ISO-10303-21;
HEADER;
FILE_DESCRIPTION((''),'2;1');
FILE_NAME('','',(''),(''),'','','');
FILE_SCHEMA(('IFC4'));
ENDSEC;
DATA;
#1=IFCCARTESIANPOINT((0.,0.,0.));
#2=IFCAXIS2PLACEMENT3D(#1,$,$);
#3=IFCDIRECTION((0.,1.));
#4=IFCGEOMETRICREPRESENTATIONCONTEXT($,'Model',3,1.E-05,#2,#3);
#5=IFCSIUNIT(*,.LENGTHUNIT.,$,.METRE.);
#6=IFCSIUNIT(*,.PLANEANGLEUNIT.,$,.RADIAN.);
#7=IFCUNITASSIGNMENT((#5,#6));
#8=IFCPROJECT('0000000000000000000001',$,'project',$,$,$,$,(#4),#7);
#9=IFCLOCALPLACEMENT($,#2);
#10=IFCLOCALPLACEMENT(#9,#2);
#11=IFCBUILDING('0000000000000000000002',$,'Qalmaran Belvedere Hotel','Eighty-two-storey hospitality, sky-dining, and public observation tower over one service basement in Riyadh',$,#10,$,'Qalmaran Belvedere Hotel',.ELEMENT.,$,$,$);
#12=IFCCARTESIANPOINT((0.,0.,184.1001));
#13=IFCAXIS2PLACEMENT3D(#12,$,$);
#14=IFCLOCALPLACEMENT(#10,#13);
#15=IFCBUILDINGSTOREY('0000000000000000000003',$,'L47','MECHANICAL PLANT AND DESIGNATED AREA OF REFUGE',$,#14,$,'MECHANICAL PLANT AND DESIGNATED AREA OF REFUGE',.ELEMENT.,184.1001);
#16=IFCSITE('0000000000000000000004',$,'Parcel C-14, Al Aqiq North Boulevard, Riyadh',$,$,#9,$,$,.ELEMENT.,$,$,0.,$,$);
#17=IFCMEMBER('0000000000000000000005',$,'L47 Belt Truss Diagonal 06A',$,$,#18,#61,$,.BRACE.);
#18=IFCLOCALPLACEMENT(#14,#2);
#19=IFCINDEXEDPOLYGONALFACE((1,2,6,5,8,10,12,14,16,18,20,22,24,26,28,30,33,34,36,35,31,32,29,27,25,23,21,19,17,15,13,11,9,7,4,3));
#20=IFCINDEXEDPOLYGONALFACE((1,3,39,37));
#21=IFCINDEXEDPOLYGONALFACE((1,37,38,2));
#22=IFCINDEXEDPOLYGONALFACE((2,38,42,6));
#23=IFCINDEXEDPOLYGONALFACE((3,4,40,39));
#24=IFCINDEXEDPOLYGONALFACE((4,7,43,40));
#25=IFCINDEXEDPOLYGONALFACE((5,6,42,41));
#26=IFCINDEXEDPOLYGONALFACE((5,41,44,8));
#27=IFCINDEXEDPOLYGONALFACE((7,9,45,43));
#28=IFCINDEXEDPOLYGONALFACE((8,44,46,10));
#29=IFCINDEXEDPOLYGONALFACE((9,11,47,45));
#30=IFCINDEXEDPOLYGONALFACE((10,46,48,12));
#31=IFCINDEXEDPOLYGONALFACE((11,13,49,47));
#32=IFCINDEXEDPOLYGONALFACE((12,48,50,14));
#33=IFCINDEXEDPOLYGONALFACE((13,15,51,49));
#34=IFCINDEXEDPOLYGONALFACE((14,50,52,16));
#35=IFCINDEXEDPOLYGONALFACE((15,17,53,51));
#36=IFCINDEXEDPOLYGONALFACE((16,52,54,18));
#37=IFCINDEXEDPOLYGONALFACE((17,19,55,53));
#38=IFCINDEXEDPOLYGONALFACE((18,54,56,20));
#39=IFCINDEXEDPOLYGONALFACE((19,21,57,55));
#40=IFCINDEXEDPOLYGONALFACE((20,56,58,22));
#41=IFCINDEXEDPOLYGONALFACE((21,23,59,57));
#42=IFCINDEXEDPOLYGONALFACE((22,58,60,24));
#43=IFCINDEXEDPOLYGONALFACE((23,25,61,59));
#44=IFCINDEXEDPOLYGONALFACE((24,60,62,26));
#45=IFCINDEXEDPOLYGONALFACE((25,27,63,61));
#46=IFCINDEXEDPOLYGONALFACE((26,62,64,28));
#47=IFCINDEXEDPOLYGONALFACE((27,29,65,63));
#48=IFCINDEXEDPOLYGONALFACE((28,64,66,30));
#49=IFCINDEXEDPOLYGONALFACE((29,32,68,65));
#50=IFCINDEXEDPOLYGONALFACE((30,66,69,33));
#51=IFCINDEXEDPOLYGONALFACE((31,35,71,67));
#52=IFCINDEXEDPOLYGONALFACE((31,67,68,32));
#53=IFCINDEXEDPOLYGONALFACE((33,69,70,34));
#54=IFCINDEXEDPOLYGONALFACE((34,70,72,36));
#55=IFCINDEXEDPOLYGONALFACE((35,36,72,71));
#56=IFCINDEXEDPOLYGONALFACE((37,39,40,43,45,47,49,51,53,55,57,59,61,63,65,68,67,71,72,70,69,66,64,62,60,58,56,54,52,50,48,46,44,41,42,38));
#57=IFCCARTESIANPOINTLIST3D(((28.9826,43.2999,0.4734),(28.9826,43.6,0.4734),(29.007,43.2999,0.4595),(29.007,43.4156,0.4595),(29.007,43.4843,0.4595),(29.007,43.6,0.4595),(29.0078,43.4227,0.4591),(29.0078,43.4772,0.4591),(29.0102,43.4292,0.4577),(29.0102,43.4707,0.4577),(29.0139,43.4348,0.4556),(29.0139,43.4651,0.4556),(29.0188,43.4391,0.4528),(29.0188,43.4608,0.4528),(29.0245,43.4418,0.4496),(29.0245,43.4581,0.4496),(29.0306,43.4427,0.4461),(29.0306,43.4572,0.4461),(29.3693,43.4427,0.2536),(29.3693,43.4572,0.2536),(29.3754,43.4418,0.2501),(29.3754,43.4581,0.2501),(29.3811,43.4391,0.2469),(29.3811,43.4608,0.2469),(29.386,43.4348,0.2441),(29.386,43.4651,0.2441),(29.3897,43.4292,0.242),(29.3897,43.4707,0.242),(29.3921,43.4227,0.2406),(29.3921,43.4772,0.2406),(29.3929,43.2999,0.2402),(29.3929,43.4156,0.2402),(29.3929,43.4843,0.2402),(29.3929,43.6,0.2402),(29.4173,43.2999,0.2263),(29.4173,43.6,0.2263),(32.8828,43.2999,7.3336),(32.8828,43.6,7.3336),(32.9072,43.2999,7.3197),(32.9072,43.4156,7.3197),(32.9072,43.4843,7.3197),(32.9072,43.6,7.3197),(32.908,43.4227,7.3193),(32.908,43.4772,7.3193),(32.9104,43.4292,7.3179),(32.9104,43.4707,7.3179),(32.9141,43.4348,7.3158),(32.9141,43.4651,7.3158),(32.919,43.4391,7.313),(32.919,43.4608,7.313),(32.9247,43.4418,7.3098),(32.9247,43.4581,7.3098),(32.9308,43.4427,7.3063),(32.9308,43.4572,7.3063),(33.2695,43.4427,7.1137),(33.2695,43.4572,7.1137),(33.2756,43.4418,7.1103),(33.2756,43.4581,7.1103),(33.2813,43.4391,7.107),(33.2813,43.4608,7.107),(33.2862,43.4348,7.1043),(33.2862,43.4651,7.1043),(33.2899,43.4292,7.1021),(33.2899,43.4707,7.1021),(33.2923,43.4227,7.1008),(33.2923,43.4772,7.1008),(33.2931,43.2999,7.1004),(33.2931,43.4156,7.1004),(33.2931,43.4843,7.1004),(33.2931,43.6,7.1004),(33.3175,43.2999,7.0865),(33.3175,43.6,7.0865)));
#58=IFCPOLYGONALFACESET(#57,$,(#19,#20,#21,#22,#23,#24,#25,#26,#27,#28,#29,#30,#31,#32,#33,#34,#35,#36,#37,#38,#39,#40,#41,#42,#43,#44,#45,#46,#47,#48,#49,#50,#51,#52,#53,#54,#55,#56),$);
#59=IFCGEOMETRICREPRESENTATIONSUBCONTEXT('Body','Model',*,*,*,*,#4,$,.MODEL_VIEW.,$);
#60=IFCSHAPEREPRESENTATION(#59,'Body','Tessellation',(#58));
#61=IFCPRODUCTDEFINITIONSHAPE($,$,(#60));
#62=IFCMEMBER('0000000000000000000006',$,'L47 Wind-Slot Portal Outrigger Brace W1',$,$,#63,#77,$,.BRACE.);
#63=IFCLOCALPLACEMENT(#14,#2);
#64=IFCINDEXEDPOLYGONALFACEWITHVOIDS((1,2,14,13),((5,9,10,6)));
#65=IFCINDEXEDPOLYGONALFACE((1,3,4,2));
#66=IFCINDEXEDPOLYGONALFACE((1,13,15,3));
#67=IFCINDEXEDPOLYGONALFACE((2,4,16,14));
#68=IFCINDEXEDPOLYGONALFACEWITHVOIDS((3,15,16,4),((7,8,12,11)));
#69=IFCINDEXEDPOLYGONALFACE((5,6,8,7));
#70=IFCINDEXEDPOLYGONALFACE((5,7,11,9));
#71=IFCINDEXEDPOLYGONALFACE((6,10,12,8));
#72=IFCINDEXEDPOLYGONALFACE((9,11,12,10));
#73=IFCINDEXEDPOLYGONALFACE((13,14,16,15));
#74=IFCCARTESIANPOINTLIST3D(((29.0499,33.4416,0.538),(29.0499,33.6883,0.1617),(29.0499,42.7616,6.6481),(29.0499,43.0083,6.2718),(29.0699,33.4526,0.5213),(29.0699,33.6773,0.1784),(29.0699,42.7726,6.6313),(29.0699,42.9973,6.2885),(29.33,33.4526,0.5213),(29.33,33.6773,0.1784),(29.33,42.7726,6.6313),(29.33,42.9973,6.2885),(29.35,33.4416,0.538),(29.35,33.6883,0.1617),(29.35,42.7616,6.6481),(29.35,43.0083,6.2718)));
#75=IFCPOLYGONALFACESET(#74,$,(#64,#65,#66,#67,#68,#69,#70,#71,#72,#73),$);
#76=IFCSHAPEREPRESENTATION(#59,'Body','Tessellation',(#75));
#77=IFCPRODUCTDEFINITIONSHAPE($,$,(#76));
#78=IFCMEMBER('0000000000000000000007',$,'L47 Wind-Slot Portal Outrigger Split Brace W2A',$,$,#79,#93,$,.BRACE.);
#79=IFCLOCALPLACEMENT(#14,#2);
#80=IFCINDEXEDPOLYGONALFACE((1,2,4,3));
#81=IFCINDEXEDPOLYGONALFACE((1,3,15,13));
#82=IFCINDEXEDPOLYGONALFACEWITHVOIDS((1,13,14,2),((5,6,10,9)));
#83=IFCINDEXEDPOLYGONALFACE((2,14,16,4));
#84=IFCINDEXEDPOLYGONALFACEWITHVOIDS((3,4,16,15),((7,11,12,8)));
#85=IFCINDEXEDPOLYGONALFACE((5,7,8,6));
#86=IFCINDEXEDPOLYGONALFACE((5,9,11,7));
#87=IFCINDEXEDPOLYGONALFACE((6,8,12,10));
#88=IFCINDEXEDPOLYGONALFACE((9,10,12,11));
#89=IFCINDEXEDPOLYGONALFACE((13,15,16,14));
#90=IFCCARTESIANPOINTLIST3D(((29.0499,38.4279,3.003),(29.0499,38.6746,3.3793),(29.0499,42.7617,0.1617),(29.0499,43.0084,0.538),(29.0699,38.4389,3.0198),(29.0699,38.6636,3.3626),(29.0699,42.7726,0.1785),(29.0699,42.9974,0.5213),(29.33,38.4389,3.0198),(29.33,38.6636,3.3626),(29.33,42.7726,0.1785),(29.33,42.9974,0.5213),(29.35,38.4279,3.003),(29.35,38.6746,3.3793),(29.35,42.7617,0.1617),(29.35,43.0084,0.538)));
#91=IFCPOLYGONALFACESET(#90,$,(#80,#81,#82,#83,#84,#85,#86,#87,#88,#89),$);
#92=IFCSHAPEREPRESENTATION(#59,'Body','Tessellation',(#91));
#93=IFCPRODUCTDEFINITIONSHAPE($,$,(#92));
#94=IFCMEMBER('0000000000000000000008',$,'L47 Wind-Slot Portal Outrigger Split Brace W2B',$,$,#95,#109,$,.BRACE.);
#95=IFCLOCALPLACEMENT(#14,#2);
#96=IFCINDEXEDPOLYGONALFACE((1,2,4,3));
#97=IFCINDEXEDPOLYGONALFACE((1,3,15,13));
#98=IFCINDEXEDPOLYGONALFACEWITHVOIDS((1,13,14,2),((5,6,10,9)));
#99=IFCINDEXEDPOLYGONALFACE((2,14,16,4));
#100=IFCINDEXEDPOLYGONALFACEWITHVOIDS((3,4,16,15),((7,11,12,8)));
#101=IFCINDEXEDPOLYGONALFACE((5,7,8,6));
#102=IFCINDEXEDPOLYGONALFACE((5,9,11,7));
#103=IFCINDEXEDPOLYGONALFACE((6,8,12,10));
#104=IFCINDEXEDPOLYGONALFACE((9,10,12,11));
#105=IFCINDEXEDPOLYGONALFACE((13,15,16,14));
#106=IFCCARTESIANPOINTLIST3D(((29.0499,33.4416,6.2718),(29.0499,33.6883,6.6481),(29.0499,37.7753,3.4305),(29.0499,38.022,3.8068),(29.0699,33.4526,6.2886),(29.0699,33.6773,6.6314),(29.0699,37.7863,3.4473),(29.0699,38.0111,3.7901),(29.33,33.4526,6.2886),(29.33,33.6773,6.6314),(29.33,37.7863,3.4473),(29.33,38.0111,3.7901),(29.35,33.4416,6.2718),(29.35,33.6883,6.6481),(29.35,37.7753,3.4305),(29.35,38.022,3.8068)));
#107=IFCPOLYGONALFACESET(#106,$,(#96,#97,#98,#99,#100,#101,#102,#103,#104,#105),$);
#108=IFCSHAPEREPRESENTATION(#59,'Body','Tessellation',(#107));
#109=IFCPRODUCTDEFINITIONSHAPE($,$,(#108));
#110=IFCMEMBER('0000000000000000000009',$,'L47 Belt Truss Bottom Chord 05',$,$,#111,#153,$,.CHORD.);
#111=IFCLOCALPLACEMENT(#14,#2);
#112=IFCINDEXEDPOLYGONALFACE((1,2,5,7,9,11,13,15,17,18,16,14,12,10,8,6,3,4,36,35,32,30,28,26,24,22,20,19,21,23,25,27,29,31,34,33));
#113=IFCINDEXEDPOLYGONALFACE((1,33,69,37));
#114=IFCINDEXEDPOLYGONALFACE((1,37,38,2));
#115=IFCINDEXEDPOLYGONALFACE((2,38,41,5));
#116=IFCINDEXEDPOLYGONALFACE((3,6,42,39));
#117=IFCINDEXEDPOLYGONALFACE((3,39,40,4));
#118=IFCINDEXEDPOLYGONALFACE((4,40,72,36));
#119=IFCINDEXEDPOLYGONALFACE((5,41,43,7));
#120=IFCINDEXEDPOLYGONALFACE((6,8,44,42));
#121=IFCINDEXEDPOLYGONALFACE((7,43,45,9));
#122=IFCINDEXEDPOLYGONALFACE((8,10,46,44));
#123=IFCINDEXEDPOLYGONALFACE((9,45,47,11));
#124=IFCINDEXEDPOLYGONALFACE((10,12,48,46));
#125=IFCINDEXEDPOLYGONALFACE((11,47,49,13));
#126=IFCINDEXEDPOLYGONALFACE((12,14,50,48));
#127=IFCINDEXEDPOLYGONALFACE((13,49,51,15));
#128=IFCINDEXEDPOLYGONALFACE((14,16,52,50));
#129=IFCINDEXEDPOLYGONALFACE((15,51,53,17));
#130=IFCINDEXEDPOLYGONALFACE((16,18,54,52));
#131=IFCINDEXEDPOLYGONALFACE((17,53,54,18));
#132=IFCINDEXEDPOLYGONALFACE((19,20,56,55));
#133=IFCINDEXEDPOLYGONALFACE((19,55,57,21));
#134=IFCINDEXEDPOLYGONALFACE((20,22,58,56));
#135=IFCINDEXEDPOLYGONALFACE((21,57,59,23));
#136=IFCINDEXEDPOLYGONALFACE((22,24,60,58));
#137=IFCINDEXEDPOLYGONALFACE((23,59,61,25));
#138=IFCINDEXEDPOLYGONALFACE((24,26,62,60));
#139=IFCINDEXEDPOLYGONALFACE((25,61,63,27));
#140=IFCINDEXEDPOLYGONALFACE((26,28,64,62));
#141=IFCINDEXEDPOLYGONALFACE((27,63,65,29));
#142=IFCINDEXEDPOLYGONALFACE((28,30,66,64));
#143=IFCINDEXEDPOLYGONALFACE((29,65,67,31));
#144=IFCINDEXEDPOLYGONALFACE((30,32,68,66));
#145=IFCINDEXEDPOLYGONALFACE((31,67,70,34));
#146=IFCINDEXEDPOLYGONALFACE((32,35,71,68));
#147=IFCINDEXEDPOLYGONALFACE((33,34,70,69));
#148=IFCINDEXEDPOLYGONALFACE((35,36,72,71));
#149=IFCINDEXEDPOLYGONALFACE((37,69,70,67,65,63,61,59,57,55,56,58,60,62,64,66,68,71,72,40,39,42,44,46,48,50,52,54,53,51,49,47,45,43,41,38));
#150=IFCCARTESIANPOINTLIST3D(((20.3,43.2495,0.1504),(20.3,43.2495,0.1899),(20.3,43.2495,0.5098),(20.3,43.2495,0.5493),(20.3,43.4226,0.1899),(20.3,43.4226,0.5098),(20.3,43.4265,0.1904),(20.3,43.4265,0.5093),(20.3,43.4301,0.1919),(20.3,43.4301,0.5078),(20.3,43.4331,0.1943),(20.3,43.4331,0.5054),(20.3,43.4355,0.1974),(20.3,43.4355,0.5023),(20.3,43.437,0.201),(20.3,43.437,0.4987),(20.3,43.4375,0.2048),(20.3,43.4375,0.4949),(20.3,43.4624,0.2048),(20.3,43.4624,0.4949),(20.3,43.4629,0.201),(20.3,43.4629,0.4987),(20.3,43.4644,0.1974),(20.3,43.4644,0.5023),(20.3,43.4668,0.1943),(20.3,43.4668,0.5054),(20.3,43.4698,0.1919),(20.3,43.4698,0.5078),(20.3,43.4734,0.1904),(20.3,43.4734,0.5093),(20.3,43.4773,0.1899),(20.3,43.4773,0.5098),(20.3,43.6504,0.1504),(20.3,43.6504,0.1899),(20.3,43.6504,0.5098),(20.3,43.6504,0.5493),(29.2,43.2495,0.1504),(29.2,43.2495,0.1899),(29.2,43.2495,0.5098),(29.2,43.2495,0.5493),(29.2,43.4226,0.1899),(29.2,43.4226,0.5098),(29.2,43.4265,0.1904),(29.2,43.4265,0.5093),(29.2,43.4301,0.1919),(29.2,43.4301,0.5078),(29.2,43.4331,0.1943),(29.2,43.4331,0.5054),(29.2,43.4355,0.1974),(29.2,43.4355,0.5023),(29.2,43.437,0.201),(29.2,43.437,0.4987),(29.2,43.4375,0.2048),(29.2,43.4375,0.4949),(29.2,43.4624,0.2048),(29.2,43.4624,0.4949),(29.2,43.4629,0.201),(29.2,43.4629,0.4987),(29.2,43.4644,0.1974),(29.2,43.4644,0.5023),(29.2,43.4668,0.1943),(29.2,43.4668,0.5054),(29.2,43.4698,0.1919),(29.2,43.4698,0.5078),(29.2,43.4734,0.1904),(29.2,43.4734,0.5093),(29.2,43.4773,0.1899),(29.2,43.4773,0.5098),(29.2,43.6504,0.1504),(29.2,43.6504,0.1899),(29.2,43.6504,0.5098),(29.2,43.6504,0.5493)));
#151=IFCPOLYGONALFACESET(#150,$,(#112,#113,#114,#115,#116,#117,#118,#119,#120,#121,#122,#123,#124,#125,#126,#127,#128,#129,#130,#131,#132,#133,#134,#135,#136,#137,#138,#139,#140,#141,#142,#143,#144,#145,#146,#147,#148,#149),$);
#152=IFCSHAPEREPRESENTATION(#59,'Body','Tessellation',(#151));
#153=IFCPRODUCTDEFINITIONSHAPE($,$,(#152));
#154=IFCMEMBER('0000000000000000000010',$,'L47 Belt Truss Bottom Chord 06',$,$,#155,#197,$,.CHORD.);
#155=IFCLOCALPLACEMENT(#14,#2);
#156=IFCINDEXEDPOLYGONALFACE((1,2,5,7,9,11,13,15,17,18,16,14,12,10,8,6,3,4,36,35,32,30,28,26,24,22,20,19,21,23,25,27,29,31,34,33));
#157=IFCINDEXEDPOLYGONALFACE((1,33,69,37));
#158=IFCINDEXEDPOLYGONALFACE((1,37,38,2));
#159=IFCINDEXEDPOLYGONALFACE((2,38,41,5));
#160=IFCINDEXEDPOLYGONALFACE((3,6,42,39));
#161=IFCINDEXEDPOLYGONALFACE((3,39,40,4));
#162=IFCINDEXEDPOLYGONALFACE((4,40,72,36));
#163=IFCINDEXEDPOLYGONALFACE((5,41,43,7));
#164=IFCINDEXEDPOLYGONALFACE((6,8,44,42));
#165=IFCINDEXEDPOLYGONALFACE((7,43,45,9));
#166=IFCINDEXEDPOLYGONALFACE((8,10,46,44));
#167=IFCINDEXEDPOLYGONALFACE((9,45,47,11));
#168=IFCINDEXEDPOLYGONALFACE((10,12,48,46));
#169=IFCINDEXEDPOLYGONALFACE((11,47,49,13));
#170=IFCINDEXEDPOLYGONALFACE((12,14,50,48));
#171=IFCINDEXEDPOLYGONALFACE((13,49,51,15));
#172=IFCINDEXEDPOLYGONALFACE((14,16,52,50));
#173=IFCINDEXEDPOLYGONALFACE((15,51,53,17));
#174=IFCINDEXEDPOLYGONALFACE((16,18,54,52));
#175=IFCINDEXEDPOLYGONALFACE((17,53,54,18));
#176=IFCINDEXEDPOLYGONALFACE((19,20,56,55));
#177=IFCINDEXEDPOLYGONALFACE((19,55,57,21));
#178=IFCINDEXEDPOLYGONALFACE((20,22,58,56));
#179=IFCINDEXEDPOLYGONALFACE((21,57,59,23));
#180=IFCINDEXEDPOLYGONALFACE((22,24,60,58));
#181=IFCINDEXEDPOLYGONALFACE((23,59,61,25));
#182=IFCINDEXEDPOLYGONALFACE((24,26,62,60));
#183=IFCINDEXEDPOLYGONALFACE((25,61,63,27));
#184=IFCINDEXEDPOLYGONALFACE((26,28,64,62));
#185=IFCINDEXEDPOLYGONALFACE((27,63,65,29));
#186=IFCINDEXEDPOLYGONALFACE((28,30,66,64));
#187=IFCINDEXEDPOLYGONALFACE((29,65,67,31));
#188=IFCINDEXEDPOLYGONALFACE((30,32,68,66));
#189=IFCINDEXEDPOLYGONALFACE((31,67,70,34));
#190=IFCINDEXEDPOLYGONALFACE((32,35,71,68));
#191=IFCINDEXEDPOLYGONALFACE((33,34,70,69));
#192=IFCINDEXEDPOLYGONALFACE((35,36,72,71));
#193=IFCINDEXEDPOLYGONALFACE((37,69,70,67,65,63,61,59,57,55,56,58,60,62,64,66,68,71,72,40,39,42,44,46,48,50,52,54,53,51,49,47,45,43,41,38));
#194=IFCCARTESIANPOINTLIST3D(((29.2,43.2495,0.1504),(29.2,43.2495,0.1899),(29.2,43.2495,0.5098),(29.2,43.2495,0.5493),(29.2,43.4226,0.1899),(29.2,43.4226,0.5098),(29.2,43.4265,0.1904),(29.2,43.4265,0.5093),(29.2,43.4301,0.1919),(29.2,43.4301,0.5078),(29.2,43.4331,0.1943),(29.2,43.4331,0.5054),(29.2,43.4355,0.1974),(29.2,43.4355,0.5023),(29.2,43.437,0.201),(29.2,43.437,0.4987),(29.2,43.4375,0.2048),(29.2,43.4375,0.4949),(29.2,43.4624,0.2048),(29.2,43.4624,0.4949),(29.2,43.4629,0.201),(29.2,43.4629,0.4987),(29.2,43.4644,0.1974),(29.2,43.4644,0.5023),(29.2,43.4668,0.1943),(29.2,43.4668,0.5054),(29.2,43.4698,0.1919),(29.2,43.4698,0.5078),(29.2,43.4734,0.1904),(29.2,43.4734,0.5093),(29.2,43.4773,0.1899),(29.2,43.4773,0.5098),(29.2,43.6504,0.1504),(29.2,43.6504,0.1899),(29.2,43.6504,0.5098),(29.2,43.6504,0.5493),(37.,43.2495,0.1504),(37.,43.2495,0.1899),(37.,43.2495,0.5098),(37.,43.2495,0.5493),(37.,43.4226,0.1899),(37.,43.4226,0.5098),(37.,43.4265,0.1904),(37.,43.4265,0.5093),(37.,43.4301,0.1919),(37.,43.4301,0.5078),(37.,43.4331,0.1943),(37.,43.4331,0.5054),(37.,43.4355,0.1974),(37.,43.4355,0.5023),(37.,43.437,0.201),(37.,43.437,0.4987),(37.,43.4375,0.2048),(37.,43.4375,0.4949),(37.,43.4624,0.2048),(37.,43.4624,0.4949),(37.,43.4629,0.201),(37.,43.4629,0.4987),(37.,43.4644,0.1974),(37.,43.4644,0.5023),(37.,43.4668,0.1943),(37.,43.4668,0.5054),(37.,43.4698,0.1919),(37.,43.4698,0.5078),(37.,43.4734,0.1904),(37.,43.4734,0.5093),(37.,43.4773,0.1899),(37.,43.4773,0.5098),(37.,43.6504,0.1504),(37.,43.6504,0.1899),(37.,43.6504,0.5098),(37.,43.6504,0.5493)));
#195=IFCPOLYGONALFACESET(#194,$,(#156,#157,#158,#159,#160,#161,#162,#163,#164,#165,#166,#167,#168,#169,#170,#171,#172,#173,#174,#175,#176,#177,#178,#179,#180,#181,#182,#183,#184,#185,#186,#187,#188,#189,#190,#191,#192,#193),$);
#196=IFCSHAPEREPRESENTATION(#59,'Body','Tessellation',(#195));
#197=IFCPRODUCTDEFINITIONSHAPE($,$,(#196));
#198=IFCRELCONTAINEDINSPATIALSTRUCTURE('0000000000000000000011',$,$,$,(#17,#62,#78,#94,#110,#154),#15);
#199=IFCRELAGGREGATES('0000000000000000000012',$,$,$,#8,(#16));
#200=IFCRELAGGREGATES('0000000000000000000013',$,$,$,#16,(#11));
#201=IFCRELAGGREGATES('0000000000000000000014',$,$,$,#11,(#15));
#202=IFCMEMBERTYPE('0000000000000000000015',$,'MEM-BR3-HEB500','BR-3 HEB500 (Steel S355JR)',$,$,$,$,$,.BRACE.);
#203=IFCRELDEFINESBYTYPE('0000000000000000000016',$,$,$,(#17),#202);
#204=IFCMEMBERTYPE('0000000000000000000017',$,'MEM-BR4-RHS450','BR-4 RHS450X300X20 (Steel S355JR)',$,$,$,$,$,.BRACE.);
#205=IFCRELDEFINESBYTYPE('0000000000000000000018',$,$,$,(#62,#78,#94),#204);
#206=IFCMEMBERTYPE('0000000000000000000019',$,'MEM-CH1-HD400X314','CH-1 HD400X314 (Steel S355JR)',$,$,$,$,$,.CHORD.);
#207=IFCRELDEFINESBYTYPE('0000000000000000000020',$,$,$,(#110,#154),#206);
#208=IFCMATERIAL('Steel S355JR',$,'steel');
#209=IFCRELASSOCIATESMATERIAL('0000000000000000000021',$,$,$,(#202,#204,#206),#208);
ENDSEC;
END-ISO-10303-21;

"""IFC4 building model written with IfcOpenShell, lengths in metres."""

from ifc_helpers import new_model, si_unit, direction, frame, origin, origin_2d, place, context, subcontext, project, spatial, hollow_rectangle, i_section, extrude, material, material_profile, profile_set, type_object, element, save


model = new_model("IFC4")

# Units and contexts
model_context = context("Model", 3, precision=1e-05, world=origin(), true_north=direction((0.0, 1.0)))
body_context = subcontext(model_context, "Body", "Model", "MODEL_VIEW")
ifc_project = project(units=[si_unit("LENGTHUNIT", "METRE"), si_unit("PLANEANGLEUNIT", "RADIAN")], contexts=[model_context])

# Site, building, storey
site_placement = place(None, origin())
site = spatial("IfcSite", under=ifc_project, at=site_placement, Name="Parcel C-14, Al Aqiq North Boulevard, Riyadh", CompositionType="ELEMENT", RefElevation=0.0)
building_placement = place(site_placement, origin())
building = spatial("IfcBuilding", under=site, at=building_placement, Name="Qalmaran Belvedere Hotel", Description="Eighty-two-storey hospitality, sky-dining, and public observation tower over one service basement in Riyadh", LongName="Qalmaran Belvedere Hotel", CompositionType="ELEMENT")
storey_placement = place(building_placement, frame((0.0, 0.0, 184.1001)))
storey = spatial("IfcBuildingStorey", under=building, at=storey_placement, Name="L47", Description="MECHANICAL PLANT AND DESIGNATED AREA OF REFUGE", LongName="MECHANICAL PLANT AND DESIGNATED AREA OF REFUGE", CompositionType="ELEMENT", Elevation=184.1001)

# Shared definitions
ifc_material_1 = material(Name="Steel S355JR", Category="steel")

# Members
ifc_material_profile_1 = material_profile(ifc_material_1, i_section(OverallWidth=0.3, OverallDepth=0.5, WebThickness=0.0144, FlangeThickness=0.0281, FilletRadius=0.0271, at=origin_2d()), Name="HEB500")
ifc_profile_set_1 = profile_set([ifc_material_profile_1], Name="Steel S355JR")
member_type_1 = type_object("IfcMemberType", Name="MEM-BR3-HEB500", Description="BR-3 HEB500 (Steel S355JR)", PredefinedType="BRACE", material=ifc_profile_set_1)
member_1_placement = place(storey_placement, frame((29.2, 43.45, 0.3499), z_axis=(0.494235, 0.0, 0.869328), x_axis=(0.0, 1.0, 0.0)))
element("IfcMember", 1, at=member_1_placement, inside=storey, type_object=member_type_1, Name="L47 Belt Truss Diagonal 06A", PredefinedType="BRACE", context=body_context, shape_type="SweptSolid", body=[
    extrude(i_section(OverallWidth=0.3, OverallDepth=0.5, WebThickness=0.0144, FlangeThickness=0.0281, FilletRadius=0.0271, at=origin_2d()), origin(), (0.0, 0.0, 1.0), 7.8914),
])
ifc_material_profile_2 = material_profile(ifc_material_1, hollow_rectangle(XDim=0.3, YDim=0.45, WallThickness=0.02, at=origin_2d()), Name="RHS450X300X20")
ifc_profile_set_2 = profile_set([ifc_material_profile_2], Name="Steel S355JR")
member_type_2 = type_object("IfcMemberType", Name="MEM-BR4-RHS450", Description="BR-4 RHS450X300X20 (Steel S355JR)", PredefinedType="BRACE", material=ifc_profile_set_2)
member_2_placement = place(storey_placement, frame((29.2, 33.5649, 0.3499), z_axis=(0.0, 0.836302, 0.548268), x_axis=(-1.0, 0.0, 0.0)))
element("IfcMember", 2, at=member_2_placement, inside=storey, type_object=member_type_2, Name="L47 Wind-Slot Portal Outrigger Brace W1", PredefinedType="BRACE", context=body_context, shape_type="SweptSolid", body=[
    extrude(hollow_rectangle(XDim=0.3, YDim=0.45, WallThickness=0.02, at=origin_2d()), origin(), (0.0, 0.0, 1.0), 11.1443),
])
for number, where, z_axis, x_axis, name in (
    (3, (29.2, 42.885, 0.3499), (0.0, -0.836288, 0.548291), (1.0, 0.0, 0.0), "L47 Wind-Slot Portal Outrigger Split Brace W2A"),
    (4, (29.2, 37.8987, 3.6187), (0.0, -0.836288, 0.548291), (1.0, 0.0, 0.0), "L47 Wind-Slot Portal Outrigger Split Brace W2B"),
):
    element("IfcMember", number, at=place(storey_placement, frame(where, z_axis=z_axis, x_axis=x_axis)), inside=storey, type_object=member_type_2, Name=name, PredefinedType="BRACE", context=body_context, shape_type="SweptSolid", body=[
        extrude(hollow_rectangle(XDim=0.3, YDim=0.45, WallThickness=0.02, at=origin_2d()), origin(), (0.0, 0.0, 1.0), 5.1821),
    ])
ifc_material_profile_3 = material_profile(ifc_material_1, i_section(OverallWidth=0.4009, OverallDepth=0.3989, WebThickness=0.0249, FlangeThickness=0.0396, FilletRadius=0.0149, at=origin_2d()), Name="HD400X314")
ifc_profile_set_3 = profile_set([ifc_material_profile_3], Name="Steel S355JR")
member_type_3 = type_object("IfcMemberType", Name="MEM-CH1-HD400X314", Description="CH-1 HD400X314 (Steel S355JR)", PredefinedType="CHORD", material=ifc_profile_set_3)
member_3_placement = place(storey_placement, frame((20.3, 43.45, 0.3499), z_axis=(1.0, 0.0, 0.0), x_axis=(0.0, 1.0, 0.0)))
element("IfcMember", 5, at=member_3_placement, inside=storey, type_object=member_type_3, Name="L47 Belt Truss Bottom Chord 05", PredefinedType="CHORD", context=body_context, shape_type="SweptSolid", body=[
    extrude(i_section(OverallWidth=0.4009, OverallDepth=0.3989, WebThickness=0.0249, FlangeThickness=0.0396, FilletRadius=0.0149, at=origin_2d()), origin(), (0.0, 0.0, 1.0), 8.8999),
])
member_4_placement = place(storey_placement, frame((29.2, 43.45, 0.3499), z_axis=(1.0, 0.0, 0.0), x_axis=(0.0, 1.0, 0.0)))
element("IfcMember", 6, at=member_4_placement, inside=storey, type_object=member_type_3, Name="L47 Belt Truss Bottom Chord 06", PredefinedType="CHORD", context=body_context, shape_type="SweptSolid", body=[
    extrude(i_section(OverallWidth=0.4009, OverallDepth=0.3989, WebThickness=0.0249, FlangeThickness=0.0396, FilletRadius=0.0149, at=origin_2d()), origin(), (0.0, 0.0, 1.0), 7.8),
])

save(model, "model.ifc")
